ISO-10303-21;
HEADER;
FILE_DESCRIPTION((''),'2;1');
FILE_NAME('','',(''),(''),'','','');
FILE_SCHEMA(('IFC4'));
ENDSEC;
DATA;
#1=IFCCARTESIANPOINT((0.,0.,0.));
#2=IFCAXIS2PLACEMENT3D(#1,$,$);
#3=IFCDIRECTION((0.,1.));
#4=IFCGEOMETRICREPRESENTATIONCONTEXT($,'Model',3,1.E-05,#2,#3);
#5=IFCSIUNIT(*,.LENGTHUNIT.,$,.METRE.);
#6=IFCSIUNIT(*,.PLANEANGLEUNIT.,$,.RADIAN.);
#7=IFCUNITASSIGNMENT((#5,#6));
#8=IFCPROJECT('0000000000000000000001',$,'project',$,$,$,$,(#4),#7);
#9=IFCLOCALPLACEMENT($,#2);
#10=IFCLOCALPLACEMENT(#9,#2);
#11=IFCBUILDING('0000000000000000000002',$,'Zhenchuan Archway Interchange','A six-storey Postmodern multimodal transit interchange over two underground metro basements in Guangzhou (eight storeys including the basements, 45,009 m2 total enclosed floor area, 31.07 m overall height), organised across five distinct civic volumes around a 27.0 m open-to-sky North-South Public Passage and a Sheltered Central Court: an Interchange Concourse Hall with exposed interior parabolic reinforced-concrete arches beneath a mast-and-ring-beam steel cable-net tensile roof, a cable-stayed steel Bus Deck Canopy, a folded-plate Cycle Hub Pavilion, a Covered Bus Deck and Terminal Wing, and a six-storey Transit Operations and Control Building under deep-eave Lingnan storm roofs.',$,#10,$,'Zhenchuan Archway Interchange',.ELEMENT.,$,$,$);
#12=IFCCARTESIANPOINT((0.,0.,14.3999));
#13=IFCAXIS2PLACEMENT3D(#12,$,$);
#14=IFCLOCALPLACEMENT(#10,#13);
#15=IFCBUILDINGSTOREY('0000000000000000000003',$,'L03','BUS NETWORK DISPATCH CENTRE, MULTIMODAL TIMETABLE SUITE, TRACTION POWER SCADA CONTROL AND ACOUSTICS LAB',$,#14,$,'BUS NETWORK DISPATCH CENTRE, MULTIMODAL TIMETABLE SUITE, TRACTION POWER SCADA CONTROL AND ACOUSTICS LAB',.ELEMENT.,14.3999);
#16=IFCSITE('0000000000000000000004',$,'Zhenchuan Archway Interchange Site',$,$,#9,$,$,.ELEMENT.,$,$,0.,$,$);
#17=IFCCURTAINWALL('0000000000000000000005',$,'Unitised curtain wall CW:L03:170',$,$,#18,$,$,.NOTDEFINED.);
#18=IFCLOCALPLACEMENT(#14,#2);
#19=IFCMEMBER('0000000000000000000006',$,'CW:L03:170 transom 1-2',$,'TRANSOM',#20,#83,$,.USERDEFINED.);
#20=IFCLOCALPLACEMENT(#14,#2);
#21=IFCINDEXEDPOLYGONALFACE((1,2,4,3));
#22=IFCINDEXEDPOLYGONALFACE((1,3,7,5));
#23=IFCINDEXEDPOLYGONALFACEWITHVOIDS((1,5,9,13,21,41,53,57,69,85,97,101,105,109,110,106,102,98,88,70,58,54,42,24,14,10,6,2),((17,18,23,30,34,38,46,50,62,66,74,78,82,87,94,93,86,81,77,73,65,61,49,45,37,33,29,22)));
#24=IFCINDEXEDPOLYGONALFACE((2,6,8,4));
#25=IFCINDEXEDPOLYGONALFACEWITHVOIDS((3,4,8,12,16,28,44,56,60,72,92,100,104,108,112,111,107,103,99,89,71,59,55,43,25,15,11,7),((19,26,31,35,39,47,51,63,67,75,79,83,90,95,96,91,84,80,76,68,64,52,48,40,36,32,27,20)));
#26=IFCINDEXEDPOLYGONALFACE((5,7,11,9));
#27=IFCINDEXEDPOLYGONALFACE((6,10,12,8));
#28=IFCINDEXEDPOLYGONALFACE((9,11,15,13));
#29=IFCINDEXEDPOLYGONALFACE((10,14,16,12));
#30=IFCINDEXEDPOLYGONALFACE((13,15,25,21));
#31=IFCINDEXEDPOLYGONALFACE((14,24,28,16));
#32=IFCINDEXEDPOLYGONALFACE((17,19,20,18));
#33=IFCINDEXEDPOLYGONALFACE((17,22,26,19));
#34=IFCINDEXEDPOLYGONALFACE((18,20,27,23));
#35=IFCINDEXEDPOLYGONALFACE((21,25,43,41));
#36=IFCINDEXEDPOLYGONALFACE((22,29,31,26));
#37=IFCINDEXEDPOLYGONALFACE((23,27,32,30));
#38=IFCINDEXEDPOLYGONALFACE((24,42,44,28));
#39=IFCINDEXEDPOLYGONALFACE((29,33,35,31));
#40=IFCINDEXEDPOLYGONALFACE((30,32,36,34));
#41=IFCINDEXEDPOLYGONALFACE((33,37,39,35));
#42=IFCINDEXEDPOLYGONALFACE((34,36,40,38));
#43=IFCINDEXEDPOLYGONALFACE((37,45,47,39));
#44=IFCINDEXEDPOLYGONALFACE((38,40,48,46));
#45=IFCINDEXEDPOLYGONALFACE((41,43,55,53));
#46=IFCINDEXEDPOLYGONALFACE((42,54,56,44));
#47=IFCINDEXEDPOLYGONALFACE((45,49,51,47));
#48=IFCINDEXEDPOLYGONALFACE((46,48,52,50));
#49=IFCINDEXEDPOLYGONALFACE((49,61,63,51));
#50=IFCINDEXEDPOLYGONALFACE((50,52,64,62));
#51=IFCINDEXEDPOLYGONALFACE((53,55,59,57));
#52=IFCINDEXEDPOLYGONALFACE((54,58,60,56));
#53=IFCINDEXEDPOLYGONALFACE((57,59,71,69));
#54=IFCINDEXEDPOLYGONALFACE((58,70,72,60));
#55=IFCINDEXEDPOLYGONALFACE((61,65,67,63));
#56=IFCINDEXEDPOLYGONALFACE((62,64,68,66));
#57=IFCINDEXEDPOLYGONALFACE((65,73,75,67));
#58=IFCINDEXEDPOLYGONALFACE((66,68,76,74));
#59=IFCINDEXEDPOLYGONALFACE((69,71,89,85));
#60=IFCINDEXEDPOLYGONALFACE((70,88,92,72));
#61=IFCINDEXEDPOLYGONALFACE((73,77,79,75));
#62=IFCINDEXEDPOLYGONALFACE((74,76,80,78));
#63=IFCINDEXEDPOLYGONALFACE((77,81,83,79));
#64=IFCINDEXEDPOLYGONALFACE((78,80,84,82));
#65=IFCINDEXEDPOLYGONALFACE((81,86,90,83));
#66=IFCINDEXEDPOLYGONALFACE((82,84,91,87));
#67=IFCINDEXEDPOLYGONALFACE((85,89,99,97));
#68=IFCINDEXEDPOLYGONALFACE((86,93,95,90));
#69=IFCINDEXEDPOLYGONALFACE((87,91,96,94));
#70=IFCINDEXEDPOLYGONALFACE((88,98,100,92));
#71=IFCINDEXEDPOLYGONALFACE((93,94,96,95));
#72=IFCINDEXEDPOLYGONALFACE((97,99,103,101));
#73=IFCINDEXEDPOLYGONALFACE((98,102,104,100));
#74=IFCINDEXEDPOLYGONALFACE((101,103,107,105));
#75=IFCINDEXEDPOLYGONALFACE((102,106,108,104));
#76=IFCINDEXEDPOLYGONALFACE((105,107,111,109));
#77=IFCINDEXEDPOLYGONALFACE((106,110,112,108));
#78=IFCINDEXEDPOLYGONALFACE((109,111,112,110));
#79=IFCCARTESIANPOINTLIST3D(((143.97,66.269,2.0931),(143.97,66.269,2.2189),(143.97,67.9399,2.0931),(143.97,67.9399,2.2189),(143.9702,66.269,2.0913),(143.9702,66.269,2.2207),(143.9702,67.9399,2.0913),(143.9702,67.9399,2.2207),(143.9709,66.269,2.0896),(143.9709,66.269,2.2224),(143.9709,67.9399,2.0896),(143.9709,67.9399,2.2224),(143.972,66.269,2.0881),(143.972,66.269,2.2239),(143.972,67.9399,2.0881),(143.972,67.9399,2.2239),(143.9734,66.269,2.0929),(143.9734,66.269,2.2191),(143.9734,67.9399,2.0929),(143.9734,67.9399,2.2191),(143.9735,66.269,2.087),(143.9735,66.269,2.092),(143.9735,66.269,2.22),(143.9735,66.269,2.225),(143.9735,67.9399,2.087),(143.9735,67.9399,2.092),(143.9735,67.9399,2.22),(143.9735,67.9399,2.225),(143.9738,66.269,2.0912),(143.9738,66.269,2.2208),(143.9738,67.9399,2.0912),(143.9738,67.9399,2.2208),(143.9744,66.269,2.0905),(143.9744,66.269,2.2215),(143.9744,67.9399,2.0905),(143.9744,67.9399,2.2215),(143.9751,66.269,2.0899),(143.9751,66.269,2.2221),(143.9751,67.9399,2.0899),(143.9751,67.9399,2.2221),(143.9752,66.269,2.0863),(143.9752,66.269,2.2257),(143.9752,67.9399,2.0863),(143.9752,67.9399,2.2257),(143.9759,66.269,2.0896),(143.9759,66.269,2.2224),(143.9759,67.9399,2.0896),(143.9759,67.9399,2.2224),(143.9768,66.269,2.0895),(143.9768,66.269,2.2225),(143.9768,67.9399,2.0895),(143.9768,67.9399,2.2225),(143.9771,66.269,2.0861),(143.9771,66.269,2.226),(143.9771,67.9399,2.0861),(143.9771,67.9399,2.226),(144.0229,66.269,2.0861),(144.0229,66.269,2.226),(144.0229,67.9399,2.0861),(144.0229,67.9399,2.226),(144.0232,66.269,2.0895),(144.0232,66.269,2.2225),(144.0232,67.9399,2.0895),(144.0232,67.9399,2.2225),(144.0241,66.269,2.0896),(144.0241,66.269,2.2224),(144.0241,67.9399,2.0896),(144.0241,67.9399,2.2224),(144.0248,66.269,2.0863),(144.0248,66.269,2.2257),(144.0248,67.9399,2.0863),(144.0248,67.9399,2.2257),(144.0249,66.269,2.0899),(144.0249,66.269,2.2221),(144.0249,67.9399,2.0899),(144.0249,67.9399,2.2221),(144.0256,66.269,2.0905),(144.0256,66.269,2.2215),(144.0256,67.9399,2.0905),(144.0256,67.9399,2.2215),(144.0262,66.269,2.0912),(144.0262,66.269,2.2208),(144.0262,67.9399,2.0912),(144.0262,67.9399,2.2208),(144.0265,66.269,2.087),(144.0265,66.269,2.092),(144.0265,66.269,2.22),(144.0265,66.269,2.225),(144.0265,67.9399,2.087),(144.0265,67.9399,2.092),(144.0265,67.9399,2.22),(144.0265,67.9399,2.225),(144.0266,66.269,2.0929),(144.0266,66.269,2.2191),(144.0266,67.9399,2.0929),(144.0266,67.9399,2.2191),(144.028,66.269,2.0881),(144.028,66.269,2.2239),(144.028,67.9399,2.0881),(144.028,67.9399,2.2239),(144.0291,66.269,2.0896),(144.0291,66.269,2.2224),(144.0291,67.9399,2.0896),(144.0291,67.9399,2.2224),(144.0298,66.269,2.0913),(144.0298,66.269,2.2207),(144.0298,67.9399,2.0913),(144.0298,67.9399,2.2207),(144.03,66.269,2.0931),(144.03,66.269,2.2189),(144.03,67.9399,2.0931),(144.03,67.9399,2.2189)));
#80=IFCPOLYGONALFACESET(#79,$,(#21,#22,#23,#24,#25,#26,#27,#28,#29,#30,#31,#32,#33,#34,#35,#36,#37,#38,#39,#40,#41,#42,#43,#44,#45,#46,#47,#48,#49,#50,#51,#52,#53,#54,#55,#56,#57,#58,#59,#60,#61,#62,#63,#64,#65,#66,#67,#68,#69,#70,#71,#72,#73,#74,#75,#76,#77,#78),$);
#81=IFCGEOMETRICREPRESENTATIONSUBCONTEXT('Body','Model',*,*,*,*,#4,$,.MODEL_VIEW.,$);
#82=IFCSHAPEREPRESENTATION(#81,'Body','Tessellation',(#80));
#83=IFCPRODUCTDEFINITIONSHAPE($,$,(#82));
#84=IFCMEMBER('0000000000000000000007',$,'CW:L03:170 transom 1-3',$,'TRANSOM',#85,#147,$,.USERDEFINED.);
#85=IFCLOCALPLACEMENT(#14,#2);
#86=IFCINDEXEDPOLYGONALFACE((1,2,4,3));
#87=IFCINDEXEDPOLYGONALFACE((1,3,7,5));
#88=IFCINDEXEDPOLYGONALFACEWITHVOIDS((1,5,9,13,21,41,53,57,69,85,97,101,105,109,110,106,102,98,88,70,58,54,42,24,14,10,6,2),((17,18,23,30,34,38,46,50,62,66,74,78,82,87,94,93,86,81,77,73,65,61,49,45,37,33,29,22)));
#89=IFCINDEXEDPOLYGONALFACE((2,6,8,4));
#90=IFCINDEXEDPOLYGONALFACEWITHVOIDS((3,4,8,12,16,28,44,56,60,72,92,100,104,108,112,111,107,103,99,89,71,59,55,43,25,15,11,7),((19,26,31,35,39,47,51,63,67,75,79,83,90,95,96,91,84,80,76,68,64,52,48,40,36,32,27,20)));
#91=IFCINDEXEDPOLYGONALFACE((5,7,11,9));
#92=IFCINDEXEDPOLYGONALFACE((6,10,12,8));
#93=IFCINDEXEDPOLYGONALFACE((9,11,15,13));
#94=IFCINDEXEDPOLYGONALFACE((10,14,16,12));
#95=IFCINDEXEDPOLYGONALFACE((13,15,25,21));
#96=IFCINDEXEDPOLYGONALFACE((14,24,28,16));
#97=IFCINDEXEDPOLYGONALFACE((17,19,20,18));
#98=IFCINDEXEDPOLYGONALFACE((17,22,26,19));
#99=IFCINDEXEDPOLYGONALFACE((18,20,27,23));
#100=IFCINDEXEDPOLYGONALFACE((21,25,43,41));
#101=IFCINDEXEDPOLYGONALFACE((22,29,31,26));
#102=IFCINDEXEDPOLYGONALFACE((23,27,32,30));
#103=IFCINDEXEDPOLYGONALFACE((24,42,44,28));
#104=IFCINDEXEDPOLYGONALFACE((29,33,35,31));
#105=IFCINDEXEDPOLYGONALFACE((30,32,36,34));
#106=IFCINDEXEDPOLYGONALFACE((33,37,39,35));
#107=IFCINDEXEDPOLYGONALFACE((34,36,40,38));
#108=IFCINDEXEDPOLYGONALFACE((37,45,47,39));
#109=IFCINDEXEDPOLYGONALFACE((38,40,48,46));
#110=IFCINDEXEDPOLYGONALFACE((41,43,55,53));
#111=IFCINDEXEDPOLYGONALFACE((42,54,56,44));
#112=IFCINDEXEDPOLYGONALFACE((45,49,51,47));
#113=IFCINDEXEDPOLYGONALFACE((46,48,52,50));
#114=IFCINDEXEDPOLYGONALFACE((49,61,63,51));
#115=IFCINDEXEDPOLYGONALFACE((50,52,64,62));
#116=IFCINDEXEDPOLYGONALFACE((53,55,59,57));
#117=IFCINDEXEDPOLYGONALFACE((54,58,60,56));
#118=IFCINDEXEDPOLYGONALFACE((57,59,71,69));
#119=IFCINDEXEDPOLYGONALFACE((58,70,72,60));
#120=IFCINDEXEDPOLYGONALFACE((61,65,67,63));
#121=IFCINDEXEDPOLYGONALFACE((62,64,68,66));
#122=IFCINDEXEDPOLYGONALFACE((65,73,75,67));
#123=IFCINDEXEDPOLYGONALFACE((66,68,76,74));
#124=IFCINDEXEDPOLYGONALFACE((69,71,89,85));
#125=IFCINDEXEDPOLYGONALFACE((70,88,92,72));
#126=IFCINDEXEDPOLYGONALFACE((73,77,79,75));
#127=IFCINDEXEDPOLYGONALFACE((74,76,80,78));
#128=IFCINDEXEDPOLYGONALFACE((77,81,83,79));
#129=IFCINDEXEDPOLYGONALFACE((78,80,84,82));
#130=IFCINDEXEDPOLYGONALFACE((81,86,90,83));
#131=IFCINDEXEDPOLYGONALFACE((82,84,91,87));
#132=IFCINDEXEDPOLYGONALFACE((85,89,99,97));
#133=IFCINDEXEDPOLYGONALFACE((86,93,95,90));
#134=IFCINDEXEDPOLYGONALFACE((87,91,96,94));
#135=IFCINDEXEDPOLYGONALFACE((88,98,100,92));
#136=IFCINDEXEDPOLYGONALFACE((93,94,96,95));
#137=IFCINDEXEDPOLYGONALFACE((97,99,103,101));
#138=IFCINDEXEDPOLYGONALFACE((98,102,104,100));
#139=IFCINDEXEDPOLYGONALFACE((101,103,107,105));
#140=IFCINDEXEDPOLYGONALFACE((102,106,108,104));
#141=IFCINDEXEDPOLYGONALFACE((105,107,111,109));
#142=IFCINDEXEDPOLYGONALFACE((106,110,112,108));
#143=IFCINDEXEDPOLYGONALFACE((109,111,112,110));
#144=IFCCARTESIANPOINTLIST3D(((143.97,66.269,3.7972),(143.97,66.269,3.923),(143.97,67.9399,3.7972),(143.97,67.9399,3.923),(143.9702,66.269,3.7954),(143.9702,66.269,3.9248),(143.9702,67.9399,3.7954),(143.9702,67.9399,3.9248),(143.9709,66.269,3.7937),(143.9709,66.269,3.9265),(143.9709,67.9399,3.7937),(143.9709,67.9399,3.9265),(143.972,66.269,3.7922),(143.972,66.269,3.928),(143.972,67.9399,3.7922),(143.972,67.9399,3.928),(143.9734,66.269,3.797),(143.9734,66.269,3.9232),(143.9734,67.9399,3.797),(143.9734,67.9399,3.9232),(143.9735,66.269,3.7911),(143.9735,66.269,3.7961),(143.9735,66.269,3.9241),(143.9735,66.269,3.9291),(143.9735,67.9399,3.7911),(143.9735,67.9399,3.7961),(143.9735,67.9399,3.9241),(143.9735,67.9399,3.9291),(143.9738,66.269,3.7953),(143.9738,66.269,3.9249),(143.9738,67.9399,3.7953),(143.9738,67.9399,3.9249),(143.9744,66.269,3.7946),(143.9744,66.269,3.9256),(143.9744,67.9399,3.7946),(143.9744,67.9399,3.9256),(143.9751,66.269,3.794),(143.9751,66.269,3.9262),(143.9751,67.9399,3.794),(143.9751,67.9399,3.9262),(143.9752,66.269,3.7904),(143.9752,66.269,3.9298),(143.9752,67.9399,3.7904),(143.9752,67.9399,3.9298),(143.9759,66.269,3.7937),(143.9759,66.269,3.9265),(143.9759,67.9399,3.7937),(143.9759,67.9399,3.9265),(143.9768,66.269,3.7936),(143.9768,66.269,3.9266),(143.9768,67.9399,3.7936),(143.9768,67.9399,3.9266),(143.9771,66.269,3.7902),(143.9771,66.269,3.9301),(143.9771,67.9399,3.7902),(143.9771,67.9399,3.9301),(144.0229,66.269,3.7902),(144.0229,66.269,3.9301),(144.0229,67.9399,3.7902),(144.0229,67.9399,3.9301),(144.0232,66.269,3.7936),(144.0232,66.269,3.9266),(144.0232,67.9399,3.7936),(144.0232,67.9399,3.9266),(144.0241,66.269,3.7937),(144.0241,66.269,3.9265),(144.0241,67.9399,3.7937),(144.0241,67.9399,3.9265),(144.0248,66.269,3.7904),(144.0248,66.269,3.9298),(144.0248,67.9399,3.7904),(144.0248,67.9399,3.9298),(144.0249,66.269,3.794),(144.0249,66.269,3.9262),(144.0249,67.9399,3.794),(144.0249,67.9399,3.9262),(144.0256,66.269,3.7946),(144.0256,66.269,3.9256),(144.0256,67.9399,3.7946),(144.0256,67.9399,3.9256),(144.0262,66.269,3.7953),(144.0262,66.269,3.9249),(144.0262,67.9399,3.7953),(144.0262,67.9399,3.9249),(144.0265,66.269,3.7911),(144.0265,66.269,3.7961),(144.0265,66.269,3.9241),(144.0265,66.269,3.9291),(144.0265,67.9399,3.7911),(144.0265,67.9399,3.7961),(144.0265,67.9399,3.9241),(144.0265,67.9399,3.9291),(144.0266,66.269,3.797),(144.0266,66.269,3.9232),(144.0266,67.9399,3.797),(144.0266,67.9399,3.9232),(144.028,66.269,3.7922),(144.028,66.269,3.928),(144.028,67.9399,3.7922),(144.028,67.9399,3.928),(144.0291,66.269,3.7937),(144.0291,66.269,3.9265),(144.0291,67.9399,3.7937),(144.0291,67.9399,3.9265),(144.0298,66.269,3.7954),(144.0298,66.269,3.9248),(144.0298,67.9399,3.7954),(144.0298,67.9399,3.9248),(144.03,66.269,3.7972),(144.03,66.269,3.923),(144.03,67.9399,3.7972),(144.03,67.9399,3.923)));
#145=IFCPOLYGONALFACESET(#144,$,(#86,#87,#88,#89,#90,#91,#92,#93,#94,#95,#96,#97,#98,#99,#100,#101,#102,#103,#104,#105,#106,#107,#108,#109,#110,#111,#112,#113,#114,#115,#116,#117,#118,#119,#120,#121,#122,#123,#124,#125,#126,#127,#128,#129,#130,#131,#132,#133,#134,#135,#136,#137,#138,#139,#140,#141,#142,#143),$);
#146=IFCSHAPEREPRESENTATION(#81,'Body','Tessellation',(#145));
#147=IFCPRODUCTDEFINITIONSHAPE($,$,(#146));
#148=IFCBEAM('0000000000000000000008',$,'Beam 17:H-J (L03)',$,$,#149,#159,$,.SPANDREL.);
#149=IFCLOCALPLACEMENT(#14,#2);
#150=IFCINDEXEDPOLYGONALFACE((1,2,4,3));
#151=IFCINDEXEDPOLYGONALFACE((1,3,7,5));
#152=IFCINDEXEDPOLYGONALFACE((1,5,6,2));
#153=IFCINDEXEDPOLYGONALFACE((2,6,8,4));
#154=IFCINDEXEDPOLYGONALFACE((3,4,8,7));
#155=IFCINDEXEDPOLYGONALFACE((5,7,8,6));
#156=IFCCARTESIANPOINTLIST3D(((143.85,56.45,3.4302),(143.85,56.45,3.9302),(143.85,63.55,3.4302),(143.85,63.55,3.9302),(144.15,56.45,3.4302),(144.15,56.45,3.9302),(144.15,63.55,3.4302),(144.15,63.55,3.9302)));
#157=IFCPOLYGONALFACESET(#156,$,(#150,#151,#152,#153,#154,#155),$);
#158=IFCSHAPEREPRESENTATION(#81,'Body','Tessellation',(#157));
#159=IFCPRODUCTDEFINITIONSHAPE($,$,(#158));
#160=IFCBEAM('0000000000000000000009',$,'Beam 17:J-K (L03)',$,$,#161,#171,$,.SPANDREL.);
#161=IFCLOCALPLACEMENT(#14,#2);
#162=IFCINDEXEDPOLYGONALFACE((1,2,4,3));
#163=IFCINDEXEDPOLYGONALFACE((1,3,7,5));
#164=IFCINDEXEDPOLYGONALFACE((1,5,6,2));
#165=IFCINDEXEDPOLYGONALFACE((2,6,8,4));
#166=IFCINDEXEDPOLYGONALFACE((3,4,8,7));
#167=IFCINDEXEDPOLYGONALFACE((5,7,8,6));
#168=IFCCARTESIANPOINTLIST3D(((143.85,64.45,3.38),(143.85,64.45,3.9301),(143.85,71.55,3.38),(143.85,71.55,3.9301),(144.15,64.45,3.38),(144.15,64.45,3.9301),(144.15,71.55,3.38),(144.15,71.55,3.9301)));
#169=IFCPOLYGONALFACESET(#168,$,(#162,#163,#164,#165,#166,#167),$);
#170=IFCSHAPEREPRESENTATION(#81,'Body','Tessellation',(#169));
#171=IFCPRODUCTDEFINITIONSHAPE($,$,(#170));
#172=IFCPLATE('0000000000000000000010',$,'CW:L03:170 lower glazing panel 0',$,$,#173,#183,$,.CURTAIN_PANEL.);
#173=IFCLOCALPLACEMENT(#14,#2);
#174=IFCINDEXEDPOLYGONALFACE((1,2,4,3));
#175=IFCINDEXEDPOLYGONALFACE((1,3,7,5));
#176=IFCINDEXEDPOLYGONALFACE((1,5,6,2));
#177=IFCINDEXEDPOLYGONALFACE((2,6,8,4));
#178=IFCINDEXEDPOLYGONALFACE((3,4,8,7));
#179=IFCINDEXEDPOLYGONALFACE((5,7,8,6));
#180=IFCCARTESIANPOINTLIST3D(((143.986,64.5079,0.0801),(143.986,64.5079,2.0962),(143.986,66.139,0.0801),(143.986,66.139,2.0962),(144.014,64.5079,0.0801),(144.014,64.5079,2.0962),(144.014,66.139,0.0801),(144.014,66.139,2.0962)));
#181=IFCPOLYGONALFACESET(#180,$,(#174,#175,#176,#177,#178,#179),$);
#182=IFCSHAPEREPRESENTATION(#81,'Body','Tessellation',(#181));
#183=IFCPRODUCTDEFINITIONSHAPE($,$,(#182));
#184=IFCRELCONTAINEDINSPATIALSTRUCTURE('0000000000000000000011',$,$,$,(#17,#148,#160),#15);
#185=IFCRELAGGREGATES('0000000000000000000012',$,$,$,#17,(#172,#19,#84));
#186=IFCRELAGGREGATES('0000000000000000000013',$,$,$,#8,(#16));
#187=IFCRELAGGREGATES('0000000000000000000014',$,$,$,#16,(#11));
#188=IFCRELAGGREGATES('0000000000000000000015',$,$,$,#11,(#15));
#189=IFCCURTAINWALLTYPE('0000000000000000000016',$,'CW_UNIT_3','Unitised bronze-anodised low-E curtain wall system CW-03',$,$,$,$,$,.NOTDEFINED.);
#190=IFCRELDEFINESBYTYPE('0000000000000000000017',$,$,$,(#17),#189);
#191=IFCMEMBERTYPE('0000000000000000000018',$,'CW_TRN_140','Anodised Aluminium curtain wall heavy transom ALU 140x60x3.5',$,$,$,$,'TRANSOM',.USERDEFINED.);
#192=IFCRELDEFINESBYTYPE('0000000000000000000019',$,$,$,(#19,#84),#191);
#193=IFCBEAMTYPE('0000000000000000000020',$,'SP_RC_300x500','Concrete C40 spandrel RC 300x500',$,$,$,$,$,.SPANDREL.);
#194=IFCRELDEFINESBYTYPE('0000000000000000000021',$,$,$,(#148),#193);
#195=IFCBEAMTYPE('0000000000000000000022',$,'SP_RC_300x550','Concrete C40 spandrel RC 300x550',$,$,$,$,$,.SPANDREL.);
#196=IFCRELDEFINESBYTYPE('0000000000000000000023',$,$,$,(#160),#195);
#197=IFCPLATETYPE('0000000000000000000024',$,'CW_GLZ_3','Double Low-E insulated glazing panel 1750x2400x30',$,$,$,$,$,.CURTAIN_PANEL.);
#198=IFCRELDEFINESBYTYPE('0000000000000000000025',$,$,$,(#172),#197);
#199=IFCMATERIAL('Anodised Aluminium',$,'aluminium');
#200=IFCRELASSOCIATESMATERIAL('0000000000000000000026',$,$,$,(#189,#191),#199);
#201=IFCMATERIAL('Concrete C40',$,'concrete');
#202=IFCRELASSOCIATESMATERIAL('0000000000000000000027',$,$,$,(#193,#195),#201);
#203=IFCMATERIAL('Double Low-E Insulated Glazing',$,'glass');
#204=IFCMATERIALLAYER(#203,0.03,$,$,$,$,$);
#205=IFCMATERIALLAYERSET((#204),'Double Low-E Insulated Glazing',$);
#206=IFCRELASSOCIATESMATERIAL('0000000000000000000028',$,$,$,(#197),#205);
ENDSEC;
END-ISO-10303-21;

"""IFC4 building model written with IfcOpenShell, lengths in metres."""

from ifc_helpers import new_model, si_unit, direction, frame, origin, origin_2d, place, context, subcontext, project, spatial, rectangle, hollow_rectangle, extrude, material, layer, layer_set, material_profile, profile_set, type_object, element, aggregate, save


model = new_model("IFC4")

# Units and contexts
model_context = context("Model", 3, precision=1e-05, world=origin(), true_north=direction((0.0, 1.0)))
body_context = subcontext(model_context, "Body", "Model", "MODEL_VIEW")
ifc_project = project(units=[si_unit("LENGTHUNIT", "METRE"), si_unit("PLANEANGLEUNIT", "RADIAN")], contexts=[model_context])

# Site, building, storey
site_placement = place(None, origin())
site = spatial("IfcSite", under=ifc_project, at=site_placement, Name="Zhenchuan Archway Interchange Site", CompositionType="ELEMENT", RefElevation=0.0)
building_placement = place(site_placement, origin())
building = spatial("IfcBuilding", under=site, at=building_placement, Name="Zhenchuan Archway Interchange", Description="A six-storey Postmodern multimodal transit interchange over two underground metro basements in Guangzhou (eight storeys including the basements, 45,009 m2 total enclosed floor area, 31.07 m overall height), organised across five distinct civic volumes around a 27.0 m open-to-sky North-South Public Passage and a Sheltered Central Court: an Interchange Concourse Hall with exposed interior parabolic reinforced-concrete arches beneath a mast-and-ring-beam steel cable-net tensile roof, a cable-stayed steel Bus Deck Canopy, a folded-plate Cycle Hub Pavilion, a Covered Bus Deck and Terminal Wing, and a six-storey Transit Operations and Control Building under deep-eave Lingnan storm roofs.", LongName="Zhenchuan Archway Interchange", CompositionType="ELEMENT")
storey_placement = place(building_placement, frame((0.0, 0.0, 14.3999)))
storey = spatial("IfcBuildingStorey", under=building, at=storey_placement, Name="L03", Description="BUS NETWORK DISPATCH CENTRE, MULTIMODAL TIMETABLE SUITE, TRACTION POWER SCADA CONTROL AND ACOUSTICS LAB", LongName="BUS NETWORK DISPATCH CENTRE, MULTIMODAL TIMETABLE SUITE, TRACTION POWER SCADA CONTROL AND ACOUSTICS LAB", CompositionType="ELEMENT", Elevation=14.3999)

# Shared definitions
ifc_material_1 = material(Name="Concrete C40", Category="concrete")

# Curtain wall, members
ifc_material_2 = material(Name="Anodised Aluminium", Category="aluminium")
curtain_wall_type = type_object("IfcCurtainWallType", Name="CW_UNIT_3", Description="Unitised bronze-anodised low-E curtain wall system CW-03", PredefinedType="NOTDEFINED", material=ifc_material_2)
curtain_wall_placement = place(storey_placement, origin())
curtain_wall = element("IfcCurtainWall", 1, at=curtain_wall_placement, inside=storey, type_object=curtain_wall_type, Name="Unitised curtain wall CW:L03:170", PredefinedType="NOTDEFINED")
ifc_material_profile_1 = material_profile(ifc_material_2, hollow_rectangle(XDim=0.0601, YDim=0.1399, WallThickness=0.0034, InnerFilletRadius=0.0034, OuterFilletRadius=0.0071, at=origin_2d()), Name="ALU 140x60x3.5")
ifc_profile_set_1 = profile_set([ifc_material_profile_1], Name="Anodised Aluminium")
member_type_1 = type_object("IfcMemberType", Name="CW_TRN_140", Description="Anodised Aluminium curtain wall heavy transom ALU 140x60x3.5", ElementType="TRANSOM", PredefinedType="USERDEFINED", material=ifc_profile_set_1)
member_1_placement = place(storey_placement, frame((144.0, 66.269, 2.156), z_axis=(0.0, 1.0, 0.0), x_axis=(-1.0, 0.0, 0.0)))
member_1 = element("IfcMember", 2, at=member_1_placement, type_object=member_type_1, Name="CW:L03:170 transom 1-2", ObjectType="TRANSOM", PredefinedType="USERDEFINED", context=body_context, shape_type="SweptSolid", body=[
    extrude(hollow_rectangle(XDim=0.0601, YDim=0.1399, WallThickness=0.0034, InnerFilletRadius=0.0034, OuterFilletRadius=0.0071, at=origin_2d()), origin(), (0.0, 0.0, 1.0), 1.6709),
])
member_2_placement = place(storey_placement, frame((144.0, 66.269, 3.8601), z_axis=(0.0, 1.0, 0.0), x_axis=(-1.0, 0.0, 0.0)))
member_2 = element("IfcMember", 3, at=member_2_placement, type_object=member_type_1, Name="CW:L03:170 transom 1-3", ObjectType="TRANSOM", PredefinedType="USERDEFINED", context=body_context, shape_type="SweptSolid", body=[
    extrude(hollow_rectangle(XDim=0.0601, YDim=0.1399, WallThickness=0.0034, InnerFilletRadius=0.0034, OuterFilletRadius=0.0071, at=origin_2d()), origin(), (0.0, 0.0, 1.0), 1.6709),
])

# Beams
ifc_material_profile_2 = material_profile(ifc_material_1, rectangle(XDim=0.3, YDim=0.5, at=origin_2d()), Name="RC 300x500")
ifc_profile_set_2 = profile_set([ifc_material_profile_2], Name="Concrete C40")
beam_type_1 = type_object("IfcBeamType", Name="SP_RC_300x500", Description="Concrete C40 spandrel RC 300x500", PredefinedType="SPANDREL", material=ifc_profile_set_2)
beam_1_placement = place(storey_placement, frame((144.0, 56.45, 3.6802), z_axis=(0.0, 1.0, 0.0), x_axis=(-1.0, 0.0, 0.0)))
element("IfcBeam", 4, at=beam_1_placement, inside=storey, type_object=beam_type_1, Name="Beam 17:H-J (L03)", PredefinedType="SPANDREL", context=body_context, shape_type="SweptSolid", body=[
    extrude(rectangle(XDim=0.3, YDim=0.5, at=origin_2d()), origin(), (0.0, 0.0, 1.0), 7.1001),
])
ifc_material_profile_3 = material_profile(ifc_material_1, rectangle(XDim=0.3, YDim=0.55, at=origin_2d()), Name="RC 300x550")
ifc_profile_set_3 = profile_set([ifc_material_profile_3], Name="Concrete C40")
beam_type_2 = type_object("IfcBeamType", Name="SP_RC_300x550", Description="Concrete C40 spandrel RC 300x550", PredefinedType="SPANDREL", material=ifc_profile_set_3)
beam_2_placement = place(storey_placement, frame((144.0, 64.45, 3.655), z_axis=(0.0, 1.0, 0.0), x_axis=(-1.0, 0.0, 0.0)))
element("IfcBeam", 5, at=beam_2_placement, inside=storey, type_object=beam_type_2, Name="Beam 17:J-K (L03)", PredefinedType="SPANDREL", context=body_context, shape_type="SweptSolid", body=[
    extrude(rectangle(XDim=0.3, YDim=0.55, at=origin_2d()), origin(), (0.0, 0.0, 1.0), 7.1001),
])

# Plate
ifc_material_3 = material(Name="Double Low-E Insulated Glazing", Category="glass")
ifc_layer_1 = layer(ifc_material_3, 0.03)
ifc_layer_set_1 = layer_set([ifc_layer_1], Name="Double Low-E Insulated Glazing")
plate_type_1 = type_object("IfcPlateType", Name="CW_GLZ_3", Description="Double Low-E insulated glazing panel 1750x2400x30", PredefinedType="CURTAIN_PANEL", material=ifc_layer_set_1)
plate_1_placement = place(storey_placement, frame((144.0, 65.3235, 0.0801), z_axis=(0.0, 0.0, 1.0), x_axis=(0.0, 1.0, 0.0)))
plate_1 = element("IfcPlate", 6, at=plate_1_placement, type_object=plate_type_1, Name="CW:L03:170 lower glazing panel 0", PredefinedType="CURTAIN_PANEL", context=body_context, shape_type="SweptSolid", body=[
    extrude(rectangle(XDim=1.6311, YDim=0.0281, at=origin_2d()), origin(), (0.0, 0.0, 1.0), 2.0161),
])
aggregate(curtain_wall, [plate_1, member_1, member_2])

save(model, "model.ifc")
